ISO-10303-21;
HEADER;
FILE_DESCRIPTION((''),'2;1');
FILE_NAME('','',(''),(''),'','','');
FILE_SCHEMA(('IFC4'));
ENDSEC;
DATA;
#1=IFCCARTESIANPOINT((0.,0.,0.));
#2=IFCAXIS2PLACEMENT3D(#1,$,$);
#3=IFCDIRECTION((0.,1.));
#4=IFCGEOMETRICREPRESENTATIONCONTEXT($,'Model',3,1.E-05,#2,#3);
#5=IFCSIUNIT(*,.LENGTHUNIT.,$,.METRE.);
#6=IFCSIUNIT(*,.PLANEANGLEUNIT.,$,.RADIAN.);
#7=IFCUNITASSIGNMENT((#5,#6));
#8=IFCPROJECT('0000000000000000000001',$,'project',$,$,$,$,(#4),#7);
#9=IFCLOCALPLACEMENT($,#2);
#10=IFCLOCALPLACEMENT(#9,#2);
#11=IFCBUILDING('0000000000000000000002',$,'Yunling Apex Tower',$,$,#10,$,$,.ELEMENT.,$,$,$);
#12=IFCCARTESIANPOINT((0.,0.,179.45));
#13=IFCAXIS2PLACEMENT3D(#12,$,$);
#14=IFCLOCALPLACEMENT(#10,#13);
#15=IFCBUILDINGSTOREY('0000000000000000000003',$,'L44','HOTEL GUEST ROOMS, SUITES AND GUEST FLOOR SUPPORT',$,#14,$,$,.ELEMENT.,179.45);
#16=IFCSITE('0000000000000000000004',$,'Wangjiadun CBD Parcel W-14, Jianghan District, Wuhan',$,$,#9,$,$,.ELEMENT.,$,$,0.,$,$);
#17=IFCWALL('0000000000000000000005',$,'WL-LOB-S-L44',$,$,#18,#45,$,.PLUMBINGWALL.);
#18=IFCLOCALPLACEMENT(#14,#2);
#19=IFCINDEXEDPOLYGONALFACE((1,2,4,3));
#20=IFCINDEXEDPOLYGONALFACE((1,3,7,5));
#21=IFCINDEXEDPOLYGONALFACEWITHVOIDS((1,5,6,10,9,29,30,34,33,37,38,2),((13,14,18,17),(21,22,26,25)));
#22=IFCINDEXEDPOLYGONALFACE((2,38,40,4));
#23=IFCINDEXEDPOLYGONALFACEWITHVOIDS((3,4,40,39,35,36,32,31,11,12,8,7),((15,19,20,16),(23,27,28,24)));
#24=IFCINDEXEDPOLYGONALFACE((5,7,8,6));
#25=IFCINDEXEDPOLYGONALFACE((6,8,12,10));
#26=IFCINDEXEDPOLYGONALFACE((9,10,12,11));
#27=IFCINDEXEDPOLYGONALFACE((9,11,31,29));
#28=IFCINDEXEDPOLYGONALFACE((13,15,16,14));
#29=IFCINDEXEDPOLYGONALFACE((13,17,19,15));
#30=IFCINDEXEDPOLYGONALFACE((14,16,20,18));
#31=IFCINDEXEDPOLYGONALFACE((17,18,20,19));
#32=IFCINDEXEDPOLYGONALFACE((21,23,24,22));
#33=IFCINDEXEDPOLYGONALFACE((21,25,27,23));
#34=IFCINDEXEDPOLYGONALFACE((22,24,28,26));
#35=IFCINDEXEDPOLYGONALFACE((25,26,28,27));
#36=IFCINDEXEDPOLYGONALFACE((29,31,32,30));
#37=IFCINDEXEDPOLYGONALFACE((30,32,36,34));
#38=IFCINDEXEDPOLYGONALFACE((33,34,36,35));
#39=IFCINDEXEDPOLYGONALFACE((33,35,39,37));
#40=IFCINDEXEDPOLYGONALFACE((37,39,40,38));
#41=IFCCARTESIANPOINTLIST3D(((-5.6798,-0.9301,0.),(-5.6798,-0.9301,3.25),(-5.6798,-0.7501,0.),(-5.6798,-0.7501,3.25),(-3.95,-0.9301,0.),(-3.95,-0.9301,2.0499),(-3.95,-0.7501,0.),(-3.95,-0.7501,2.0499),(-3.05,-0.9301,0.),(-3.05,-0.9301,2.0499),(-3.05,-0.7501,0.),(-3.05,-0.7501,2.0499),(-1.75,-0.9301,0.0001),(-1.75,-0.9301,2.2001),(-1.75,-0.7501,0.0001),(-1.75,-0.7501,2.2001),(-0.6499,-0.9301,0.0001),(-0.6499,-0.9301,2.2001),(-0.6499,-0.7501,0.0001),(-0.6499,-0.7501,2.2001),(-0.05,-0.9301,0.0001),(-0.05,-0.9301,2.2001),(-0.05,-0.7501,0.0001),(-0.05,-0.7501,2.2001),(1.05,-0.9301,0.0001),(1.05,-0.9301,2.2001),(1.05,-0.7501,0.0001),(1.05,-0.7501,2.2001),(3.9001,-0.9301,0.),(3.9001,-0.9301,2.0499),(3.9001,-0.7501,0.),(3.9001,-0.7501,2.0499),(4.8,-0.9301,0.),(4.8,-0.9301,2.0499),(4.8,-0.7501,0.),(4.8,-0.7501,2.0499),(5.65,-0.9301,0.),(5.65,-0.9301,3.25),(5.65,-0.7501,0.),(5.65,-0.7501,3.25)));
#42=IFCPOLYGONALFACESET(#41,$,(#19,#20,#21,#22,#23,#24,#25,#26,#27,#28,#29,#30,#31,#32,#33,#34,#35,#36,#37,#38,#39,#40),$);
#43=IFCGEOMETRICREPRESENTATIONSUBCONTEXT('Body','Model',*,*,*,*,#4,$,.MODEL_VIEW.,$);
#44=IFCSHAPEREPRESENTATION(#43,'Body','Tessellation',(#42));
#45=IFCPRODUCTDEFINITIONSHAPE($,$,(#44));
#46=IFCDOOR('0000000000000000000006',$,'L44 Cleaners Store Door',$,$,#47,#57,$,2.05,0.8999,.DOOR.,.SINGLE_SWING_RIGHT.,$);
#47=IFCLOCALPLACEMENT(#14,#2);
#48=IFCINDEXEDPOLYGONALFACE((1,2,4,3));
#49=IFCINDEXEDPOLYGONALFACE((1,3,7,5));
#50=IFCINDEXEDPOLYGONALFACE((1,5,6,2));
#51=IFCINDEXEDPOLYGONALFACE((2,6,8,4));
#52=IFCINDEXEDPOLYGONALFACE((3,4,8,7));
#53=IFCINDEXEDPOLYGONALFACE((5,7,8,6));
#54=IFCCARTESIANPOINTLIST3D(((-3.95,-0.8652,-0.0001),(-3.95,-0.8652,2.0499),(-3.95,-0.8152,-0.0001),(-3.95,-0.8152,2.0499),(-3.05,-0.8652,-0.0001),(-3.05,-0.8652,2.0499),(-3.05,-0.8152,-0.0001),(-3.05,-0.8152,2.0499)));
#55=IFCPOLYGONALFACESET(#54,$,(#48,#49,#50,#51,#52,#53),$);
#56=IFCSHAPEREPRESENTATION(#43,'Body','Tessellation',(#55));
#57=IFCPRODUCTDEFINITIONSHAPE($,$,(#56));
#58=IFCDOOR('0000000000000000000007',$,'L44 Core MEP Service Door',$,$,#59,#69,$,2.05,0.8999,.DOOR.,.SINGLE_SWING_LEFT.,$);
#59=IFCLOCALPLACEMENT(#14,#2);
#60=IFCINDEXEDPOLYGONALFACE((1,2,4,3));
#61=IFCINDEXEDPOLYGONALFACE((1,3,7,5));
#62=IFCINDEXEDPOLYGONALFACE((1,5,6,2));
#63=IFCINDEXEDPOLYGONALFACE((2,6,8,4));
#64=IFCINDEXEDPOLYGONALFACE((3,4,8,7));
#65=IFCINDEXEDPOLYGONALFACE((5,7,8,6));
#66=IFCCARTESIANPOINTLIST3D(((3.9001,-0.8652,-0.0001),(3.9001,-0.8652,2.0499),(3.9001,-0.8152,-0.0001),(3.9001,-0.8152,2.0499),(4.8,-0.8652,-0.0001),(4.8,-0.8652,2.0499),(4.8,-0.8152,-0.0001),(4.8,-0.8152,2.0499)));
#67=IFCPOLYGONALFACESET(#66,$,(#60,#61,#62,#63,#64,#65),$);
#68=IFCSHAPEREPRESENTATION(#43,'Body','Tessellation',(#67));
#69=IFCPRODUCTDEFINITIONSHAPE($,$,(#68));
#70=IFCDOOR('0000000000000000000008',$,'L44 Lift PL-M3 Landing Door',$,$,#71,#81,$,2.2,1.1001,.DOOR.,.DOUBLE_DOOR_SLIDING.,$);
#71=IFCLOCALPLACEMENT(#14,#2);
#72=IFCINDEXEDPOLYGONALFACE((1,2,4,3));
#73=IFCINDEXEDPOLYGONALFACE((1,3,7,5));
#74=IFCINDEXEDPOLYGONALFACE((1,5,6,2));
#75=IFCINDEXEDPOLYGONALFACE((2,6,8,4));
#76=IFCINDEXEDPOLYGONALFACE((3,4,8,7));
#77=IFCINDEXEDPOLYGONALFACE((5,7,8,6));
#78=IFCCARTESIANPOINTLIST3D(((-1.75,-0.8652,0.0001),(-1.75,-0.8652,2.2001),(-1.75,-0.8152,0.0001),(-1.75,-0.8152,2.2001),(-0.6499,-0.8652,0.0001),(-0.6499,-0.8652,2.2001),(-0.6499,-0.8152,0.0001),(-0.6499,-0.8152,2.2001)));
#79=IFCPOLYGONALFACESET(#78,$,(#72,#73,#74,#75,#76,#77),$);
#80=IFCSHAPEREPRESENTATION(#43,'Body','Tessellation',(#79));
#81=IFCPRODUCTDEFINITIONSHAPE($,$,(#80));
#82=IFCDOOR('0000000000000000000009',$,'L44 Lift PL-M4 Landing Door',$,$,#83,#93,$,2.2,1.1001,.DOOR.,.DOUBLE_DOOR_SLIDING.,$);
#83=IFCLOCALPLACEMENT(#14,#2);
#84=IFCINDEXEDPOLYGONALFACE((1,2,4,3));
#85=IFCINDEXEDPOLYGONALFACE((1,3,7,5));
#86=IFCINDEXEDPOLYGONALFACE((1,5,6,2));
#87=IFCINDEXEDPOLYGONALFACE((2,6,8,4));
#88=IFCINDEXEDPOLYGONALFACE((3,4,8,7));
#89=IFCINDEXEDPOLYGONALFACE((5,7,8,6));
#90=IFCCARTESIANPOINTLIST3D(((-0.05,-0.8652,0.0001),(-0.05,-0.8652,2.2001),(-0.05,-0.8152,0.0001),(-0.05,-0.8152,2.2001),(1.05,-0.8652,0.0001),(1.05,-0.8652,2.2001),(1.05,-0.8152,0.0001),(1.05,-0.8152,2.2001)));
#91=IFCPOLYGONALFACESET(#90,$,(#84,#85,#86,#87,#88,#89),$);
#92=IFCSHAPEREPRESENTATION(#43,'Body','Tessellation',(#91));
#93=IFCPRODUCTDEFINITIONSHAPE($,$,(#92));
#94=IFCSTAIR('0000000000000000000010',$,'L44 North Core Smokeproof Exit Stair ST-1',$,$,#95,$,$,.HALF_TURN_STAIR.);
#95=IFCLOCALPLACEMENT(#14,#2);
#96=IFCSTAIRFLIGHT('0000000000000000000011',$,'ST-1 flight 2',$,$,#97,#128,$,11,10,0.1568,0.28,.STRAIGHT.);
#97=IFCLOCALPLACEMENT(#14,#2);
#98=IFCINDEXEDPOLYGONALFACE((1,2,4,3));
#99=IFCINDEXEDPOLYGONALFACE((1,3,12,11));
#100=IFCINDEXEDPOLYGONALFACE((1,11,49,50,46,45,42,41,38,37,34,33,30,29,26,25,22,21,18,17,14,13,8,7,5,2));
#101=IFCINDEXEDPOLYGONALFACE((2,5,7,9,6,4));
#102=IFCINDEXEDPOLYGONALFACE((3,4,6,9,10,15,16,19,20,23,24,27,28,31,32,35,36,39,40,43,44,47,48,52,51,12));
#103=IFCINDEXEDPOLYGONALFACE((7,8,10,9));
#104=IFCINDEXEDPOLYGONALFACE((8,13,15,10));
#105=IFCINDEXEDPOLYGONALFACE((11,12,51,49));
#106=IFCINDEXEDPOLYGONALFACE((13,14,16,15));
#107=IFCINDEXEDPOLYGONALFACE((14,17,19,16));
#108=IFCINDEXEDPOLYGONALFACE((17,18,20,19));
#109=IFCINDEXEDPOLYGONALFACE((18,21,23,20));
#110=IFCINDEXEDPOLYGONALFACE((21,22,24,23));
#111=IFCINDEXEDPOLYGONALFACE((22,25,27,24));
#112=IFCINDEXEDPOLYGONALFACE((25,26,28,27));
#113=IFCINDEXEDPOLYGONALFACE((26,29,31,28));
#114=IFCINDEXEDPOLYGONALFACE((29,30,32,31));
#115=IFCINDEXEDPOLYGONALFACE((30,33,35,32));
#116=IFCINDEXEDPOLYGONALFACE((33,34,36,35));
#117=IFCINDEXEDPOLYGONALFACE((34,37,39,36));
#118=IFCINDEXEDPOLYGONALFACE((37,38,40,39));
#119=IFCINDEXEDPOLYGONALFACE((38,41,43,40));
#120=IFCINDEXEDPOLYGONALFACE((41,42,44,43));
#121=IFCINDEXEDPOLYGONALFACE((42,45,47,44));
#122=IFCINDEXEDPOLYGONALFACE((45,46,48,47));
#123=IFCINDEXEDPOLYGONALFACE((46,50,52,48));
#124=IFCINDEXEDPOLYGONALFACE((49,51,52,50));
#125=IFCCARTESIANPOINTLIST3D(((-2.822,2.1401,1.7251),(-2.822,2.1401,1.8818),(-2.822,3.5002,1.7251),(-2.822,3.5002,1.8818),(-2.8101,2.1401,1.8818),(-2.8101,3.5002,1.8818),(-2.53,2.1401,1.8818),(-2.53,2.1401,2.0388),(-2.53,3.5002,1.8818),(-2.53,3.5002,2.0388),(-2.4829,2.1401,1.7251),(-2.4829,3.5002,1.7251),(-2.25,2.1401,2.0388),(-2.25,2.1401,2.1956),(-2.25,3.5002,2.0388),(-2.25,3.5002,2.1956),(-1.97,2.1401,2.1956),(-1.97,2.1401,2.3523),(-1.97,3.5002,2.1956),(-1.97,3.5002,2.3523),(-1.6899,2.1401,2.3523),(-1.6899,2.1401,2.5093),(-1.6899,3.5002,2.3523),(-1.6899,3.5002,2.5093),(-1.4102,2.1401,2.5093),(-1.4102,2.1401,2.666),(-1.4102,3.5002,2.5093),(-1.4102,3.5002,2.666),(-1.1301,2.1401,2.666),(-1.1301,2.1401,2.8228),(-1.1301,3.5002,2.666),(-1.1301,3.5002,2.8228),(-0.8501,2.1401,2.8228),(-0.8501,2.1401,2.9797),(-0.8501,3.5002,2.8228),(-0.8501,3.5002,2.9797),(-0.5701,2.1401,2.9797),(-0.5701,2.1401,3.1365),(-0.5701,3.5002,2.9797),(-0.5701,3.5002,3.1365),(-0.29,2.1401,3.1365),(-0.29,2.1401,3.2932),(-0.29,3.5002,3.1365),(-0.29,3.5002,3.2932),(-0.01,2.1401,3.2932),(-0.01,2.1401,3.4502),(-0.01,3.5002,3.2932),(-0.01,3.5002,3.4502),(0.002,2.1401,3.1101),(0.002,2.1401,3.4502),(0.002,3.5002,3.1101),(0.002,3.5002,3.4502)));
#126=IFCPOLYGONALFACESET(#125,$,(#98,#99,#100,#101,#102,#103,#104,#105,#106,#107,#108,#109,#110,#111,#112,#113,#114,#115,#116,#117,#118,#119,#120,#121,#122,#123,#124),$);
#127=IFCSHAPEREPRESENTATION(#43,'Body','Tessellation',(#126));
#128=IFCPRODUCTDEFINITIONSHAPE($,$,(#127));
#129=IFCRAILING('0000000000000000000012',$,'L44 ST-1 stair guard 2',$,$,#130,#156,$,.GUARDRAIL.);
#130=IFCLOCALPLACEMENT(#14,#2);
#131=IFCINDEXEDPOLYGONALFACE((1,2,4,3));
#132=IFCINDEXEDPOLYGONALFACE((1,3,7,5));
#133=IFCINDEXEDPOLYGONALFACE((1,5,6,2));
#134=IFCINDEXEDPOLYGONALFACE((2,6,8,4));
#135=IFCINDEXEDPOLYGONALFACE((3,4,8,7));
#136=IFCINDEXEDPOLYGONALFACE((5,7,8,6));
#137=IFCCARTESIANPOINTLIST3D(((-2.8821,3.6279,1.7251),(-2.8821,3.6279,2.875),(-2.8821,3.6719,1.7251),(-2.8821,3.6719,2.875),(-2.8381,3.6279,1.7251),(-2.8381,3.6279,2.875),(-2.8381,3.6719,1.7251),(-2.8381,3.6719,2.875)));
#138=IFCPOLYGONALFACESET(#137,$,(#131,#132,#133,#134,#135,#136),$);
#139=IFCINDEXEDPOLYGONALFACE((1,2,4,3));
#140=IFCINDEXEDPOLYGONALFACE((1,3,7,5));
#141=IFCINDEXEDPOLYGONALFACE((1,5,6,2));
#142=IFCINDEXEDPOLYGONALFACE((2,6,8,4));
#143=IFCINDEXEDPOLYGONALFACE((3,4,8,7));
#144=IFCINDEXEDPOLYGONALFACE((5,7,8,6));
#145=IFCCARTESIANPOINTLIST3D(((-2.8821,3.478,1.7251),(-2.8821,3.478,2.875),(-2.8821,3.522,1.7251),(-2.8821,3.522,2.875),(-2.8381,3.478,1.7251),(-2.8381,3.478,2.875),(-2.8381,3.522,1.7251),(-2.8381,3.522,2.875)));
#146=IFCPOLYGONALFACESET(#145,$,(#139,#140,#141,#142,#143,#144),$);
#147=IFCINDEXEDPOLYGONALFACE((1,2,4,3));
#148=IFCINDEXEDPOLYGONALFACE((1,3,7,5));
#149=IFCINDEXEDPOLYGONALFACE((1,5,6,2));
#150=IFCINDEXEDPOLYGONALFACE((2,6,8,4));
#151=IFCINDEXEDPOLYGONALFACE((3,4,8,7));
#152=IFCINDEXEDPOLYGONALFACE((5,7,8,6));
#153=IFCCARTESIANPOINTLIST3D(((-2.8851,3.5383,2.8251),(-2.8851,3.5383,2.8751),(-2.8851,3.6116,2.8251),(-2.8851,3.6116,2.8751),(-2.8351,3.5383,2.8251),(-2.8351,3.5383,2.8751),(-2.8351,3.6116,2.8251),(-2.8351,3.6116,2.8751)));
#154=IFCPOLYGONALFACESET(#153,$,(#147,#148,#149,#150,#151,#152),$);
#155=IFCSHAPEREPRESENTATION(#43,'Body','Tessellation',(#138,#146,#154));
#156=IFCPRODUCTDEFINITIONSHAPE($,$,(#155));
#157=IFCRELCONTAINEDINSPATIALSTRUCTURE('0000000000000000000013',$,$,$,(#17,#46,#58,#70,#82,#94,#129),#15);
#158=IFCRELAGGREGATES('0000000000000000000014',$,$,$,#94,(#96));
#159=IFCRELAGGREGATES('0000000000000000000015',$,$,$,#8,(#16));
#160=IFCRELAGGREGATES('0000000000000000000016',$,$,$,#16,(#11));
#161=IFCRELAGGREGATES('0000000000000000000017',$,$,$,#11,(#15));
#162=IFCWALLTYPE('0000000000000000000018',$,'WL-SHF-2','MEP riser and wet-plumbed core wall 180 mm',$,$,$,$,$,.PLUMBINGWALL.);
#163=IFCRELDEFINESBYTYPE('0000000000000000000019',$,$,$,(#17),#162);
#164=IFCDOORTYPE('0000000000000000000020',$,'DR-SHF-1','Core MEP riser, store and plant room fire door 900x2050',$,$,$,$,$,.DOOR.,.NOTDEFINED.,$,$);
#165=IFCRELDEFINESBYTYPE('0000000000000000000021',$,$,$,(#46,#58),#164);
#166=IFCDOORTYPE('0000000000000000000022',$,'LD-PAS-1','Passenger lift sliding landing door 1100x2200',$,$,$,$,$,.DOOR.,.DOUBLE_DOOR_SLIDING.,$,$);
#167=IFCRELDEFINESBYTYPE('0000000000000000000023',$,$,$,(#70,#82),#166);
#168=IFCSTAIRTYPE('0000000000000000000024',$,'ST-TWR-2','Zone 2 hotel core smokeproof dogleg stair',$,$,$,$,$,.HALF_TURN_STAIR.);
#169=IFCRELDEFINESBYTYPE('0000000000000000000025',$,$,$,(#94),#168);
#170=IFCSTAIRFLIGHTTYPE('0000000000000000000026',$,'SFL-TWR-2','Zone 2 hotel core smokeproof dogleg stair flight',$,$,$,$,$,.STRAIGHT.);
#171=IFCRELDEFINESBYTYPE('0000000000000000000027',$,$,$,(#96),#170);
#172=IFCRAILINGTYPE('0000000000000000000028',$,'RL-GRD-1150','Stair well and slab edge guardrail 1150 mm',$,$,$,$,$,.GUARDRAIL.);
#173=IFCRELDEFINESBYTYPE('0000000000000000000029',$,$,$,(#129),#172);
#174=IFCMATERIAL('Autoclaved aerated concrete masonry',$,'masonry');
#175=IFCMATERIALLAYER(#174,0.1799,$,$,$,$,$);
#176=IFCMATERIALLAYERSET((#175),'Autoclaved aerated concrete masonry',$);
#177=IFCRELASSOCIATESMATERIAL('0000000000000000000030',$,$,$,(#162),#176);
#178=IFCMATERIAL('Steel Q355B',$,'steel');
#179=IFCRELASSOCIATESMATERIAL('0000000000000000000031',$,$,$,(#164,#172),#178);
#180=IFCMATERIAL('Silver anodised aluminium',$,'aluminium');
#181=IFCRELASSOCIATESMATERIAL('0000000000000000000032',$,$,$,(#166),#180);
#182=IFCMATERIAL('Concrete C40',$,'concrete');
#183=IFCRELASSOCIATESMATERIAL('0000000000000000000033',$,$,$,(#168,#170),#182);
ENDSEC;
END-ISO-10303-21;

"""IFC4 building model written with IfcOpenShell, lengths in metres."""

from ifc_helpers import new_model, si_unit, direction, frame, frame_2d, origin, origin_2d, place, context, subcontext, project, spatial, polyline, rectangle, outline, extrude, material, layer, layer_set, type_object, element, fill, aggregate, save


model = new_model("IFC4")

# Units and contexts
model_context = context("Model", 3, precision=1e-05, world=origin(), true_north=direction((0.0, 1.0)))
body_context = subcontext(model_context, "Body", "Model", "MODEL_VIEW")
ifc_project = project(units=[si_unit("LENGTHUNIT", "METRE"), si_unit("PLANEANGLEUNIT", "RADIAN")], contexts=[model_context])

# Site, building, storey
site_placement = place(None, origin())
site = spatial("IfcSite", under=ifc_project, at=site_placement, Name="Wangjiadun CBD Parcel W-14, Jianghan District, Wuhan", CompositionType="ELEMENT", RefElevation=0.0)
building_placement = place(site_placement, origin())
building = spatial("IfcBuilding", under=site, at=building_placement, Name="Yunling Apex Tower", CompositionType="ELEMENT")
storey_placement = place(building_placement, frame((0.0, 0.0, 179.45)))
storey = spatial("IfcBuildingStorey", under=building, at=storey_placement, Name="L44", Description="HOTEL GUEST ROOMS, SUITES AND GUEST FLOOR SUPPORT", CompositionType="ELEMENT", Elevation=179.45)

# Shared definitions
ifc_material_1 = material(Name="Steel Q355B", Category="steel")

# Shared definitions
ifc_material_2 = material(Name="Concrete C40", Category="concrete")

# Shared definitions
ifc_material_3 = material(Name="Autoclaved aerated concrete masonry", Category="masonry")

# Shared definitions
ifc_layer_1 = layer(ifc_material_3, 0.1799)
ifc_layer_set_1 = layer_set([ifc_layer_1], Name="Autoclaved aerated concrete masonry")
wall_type_1 = type_object("IfcWallType", Name="WL-SHF-2", Description="MEP riser and wet-plumbed core wall 180 mm", PredefinedType="PLUMBINGWALL", material=ifc_layer_set_1)

# Wall, openings, doors
door_type_1 = type_object("IfcDoorType", Name="DR-SHF-1", Description="Core MEP riser, store and plant room fire door 900x2050", OperationType="NOTDEFINED", PredefinedType="DOOR", material=ifc_material_1)
ifc_material_4 = material(Name="Silver anodised aluminium", Category="aluminium")
door_type_2 = type_object("IfcDoorType", Name="LD-PAS-1", Description="Passenger lift sliding landing door 1100x2200", OperationType="DOUBLE_DOOR_SLIDING", PredefinedType="DOOR", material=ifc_material_4)
wall_1_placement = place(storey_placement, frame((-5.6799, -0.8401, 0.0), z_axis=(0.0, 0.0, 1.0), x_axis=(1.0, 0.0, 0.0)))
wall_1 = element("IfcWall", 1, at=wall_1_placement, inside=storey, type_object=wall_type_1, Name="WL-LOB-S-L44", PredefinedType="PLUMBINGWALL", context=body_context, shape_type="SweptSolid", body=[
    extrude(rectangle(XDim=11.3298, YDim=0.1799, at=frame_2d((5.665, 0.0))), origin(), (0.0, 0.0, 1.0), 3.25),
])
opening_1_placement = place(wall_1_placement, frame((1.73, 0.0, 0.0)))
opening_1 = element("IfcOpeningElement", 2, at=opening_1_placement, cuts=wall_1, PredefinedType="OPENING", context=body_context, shape_type="SweptSolid", body=[
    extrude(rectangle(XDim=0.8999, YDim=2.05, at=frame_2d((0.45, 1.0249))), frame((0.0, 0.1001, 0.0), z_axis=(0.0, -1.0, 0.0), x_axis=(1.0, 0.0, 0.0)), (0.0, 0.0, 1.0), 0.2),
])
opening_2_placement = place(wall_1_placement, frame((3.9299, 0.0, 0.0)))
opening_2 = element("IfcOpeningElement", 3, at=opening_2_placement, cuts=wall_1, PredefinedType="OPENING", context=body_context, shape_type="SweptSolid", body=[
    extrude(rectangle(XDim=1.1001, YDim=2.2, at=frame_2d((0.55, 1.1001))), frame((0.0, 0.1001, 0.0), z_axis=(0.0, -1.0, 0.0), x_axis=(1.0, 0.0, 0.0)), (0.0, 0.0, 1.0), 0.2),
])
opening_3_placement = place(wall_1_placement, frame((5.6299, 0.0, 0.0)))
opening_3 = element("IfcOpeningElement", 4, at=opening_3_placement, cuts=wall_1, PredefinedType="OPENING", context=body_context, shape_type="SweptSolid", body=[
    extrude(rectangle(XDim=1.1001, YDim=2.2, at=frame_2d((0.55, 1.1001))), frame((0.0, 0.1001, 0.0), z_axis=(0.0, -1.0, 0.0), x_axis=(1.0, 0.0, 0.0)), (0.0, 0.0, 1.0), 0.2),
])
opening_4_placement = place(wall_1_placement, frame((9.5801, 0.0, 0.0)))
opening_4 = element("IfcOpeningElement", 5, at=opening_4_placement, cuts=wall_1, PredefinedType="OPENING", context=body_context, shape_type="SweptSolid", body=[
    extrude(rectangle(XDim=0.8999, YDim=2.05, at=frame_2d((0.45, 1.0249))), frame((0.0, 0.1001, 0.0), z_axis=(0.0, -1.0, 0.0), x_axis=(1.0, 0.0, 0.0)), (0.0, 0.0, 1.0), 0.2),
])
door_1_placement = place(opening_1_placement, origin())
door_1 = element("IfcDoor", 6, at=door_1_placement, inside=storey, type_object=door_type_1, Name="L44 Cleaners Store Door", OperationType="SINGLE_SWING_RIGHT", OverallHeight=2.05, OverallWidth=0.8999, PredefinedType="DOOR", context=body_context, shape_type="SweptSolid", body=[
    extrude(rectangle(XDim=0.8999, YDim=2.05, at=frame_2d((0.45, 1.0249))), frame((0.0, 0.0249, 0.0), z_axis=(0.0, -1.0, 0.0), x_axis=(1.0, 0.0, 0.0)), (0.0, 0.0, 1.0), 0.05),
])
fill(opening_1, door_1)
door_2_placement = place(opening_4_placement, origin())
door_2 = element("IfcDoor", 7, at=door_2_placement, inside=storey, type_object=door_type_1, Name="L44 Core MEP Service Door", OperationType="SINGLE_SWING_LEFT", OverallHeight=2.05, OverallWidth=0.8999, PredefinedType="DOOR", context=body_context, shape_type="SweptSolid", body=[
    extrude(rectangle(XDim=0.8999, YDim=2.05, at=frame_2d((0.45, 1.0249))), frame((0.0, 0.0249, 0.0), z_axis=(0.0, -1.0, 0.0), x_axis=(1.0, 0.0, 0.0)), (0.0, 0.0, 1.0), 0.05),
])
fill(opening_4, door_2)
door_3_placement = place(opening_2_placement, origin())
door_3 = element("IfcDoor", 8, at=door_3_placement, inside=storey, type_object=door_type_2, Name="L44 Lift PL-M3 Landing Door", OperationType="DOUBLE_DOOR_SLIDING", OverallHeight=2.2, OverallWidth=1.1001, PredefinedType="DOOR", context=body_context, shape_type="SweptSolid", body=[
    extrude(rectangle(XDim=1.1001, YDim=2.2, at=frame_2d((0.55, 1.1001))), frame((0.0, 0.0249, 0.0), z_axis=(0.0, -1.0, 0.0), x_axis=(1.0, 0.0, 0.0)), (0.0, 0.0, 1.0), 0.05),
])
fill(opening_2, door_3)
door_4_placement = place(opening_3_placement, origin())
door_4 = element("IfcDoor", 9, at=door_4_placement, inside=storey, type_object=door_type_2, Name="L44 Lift PL-M4 Landing Door", OperationType="DOUBLE_DOOR_SLIDING", OverallHeight=2.2, OverallWidth=1.1001, PredefinedType="DOOR", context=body_context, shape_type="SweptSolid", body=[
    extrude(rectangle(XDim=1.1001, YDim=2.2, at=frame_2d((0.55, 1.1001))), frame((0.0, 0.0249, 0.0), z_axis=(0.0, -1.0, 0.0), x_axis=(1.0, 0.0, 0.0)), (0.0, 0.0, 1.0), 0.05),
])
fill(opening_3, door_4)

# Stair, stair flight
stair_type = type_object("IfcStairType", Name="ST-TWR-2", Description="Zone 2 hotel core smokeproof dogleg stair", PredefinedType="HALF_TURN_STAIR", material=ifc_material_2)
stair_placement = place(storey_placement, origin())
stair = element("IfcStair", 10, at=stair_placement, inside=storey, type_object=stair_type, Name="L44 North Core Smokeproof Exit Stair ST-1", PredefinedType="HALF_TURN_STAIR")
stair_flight_type = type_object("IfcStairFlightType", Name="SFL-TWR-2", Description="Zone 2 hotel core smokeproof dogleg stair flight", PredefinedType="STRAIGHT", material=ifc_material_2)
stair_flight_placement = place(storey_placement, frame((-2.8101, 2.8201, 1.7251), z_axis=(0.0, 0.0, 1.0), x_axis=(1.0, 0.0, 0.0)))
stair_flight = element("IfcStairFlight", 11, at=stair_flight_placement, type_object=stair_flight_type, Name="ST-1 flight 2", NumberOfRisers=11, NumberOfTreads=10, PredefinedType="STRAIGHT", RiserHeight=0.1568, TreadLength=0.28, context=body_context, shape_type="SweptSolid", body=[
    extrude(outline(polyline([(-0.012, 0.0), (-0.012, 0.1567), (0.0, 0.1567), (0.28, 0.1567), (0.28, 0.3137), (0.5601, 0.3137), (0.5601, 0.4705), (0.8401, 0.4705), (0.8401, 0.6272), (1.1201, 0.6272), (1.1201, 0.7842), (1.3999, 0.7842), (1.3999, 0.9409), (1.6799, 0.9409), (1.6799, 1.0977), (1.96, 1.0977), (1.96, 1.2546), (2.24, 1.2546), (2.24, 1.4114), (2.52, 1.4114), (2.52, 1.5681), (2.8, 1.5681), (2.8, 1.7251), (2.812, 1.7251), (2.812, 1.385), (0.3271, 0.0), (-0.012, 0.0)])), frame((0.0, 0.6802, 0.0), z_axis=(0.0, -1.0, 0.0), x_axis=(1.0, 0.0, 0.0)), (0.0, 0.0, 1.0), 1.3601),
])
aggregate(stair, [stair_flight])

# Railing
railing_type_1 = type_object("IfcRailingType", Name="RL-GRD-1150", Description="Stair well and slab edge guardrail 1150 mm", PredefinedType="GUARDRAIL", material=ifc_material_1)
railing_1_placement = place(storey_placement, frame((-2.8601, 3.6499, 1.7251)))
element("IfcRailing", 12, at=railing_1_placement, inside=storey, type_object=railing_type_1, Name="L44 ST-1 stair guard 2", PredefinedType="GUARDRAIL", context=body_context, shape_type="SweptSolid", body=[
    extrude(rectangle(XDim=0.0439, YDim=0.0439, at=origin_2d()), origin(), (0.0, 0.0, 1.0), 1.1499),
    extrude(rectangle(XDim=0.0439, YDim=0.0439, at=origin_2d()), frame((0.0, -0.1499, 0.0)), (0.0, 0.0, 1.0), 1.1499),
    extrude(rectangle(XDim=0.05, YDim=0.05, at=origin_2d()), frame((0.0, -0.0383, 1.125), z_axis=(0.0, -1.0, 0.0), x_axis=(1.0, 0.0, 0.0)), (0.0, 0.0, 1.0), 0.0732),
])

save(model, "model.ifc")
